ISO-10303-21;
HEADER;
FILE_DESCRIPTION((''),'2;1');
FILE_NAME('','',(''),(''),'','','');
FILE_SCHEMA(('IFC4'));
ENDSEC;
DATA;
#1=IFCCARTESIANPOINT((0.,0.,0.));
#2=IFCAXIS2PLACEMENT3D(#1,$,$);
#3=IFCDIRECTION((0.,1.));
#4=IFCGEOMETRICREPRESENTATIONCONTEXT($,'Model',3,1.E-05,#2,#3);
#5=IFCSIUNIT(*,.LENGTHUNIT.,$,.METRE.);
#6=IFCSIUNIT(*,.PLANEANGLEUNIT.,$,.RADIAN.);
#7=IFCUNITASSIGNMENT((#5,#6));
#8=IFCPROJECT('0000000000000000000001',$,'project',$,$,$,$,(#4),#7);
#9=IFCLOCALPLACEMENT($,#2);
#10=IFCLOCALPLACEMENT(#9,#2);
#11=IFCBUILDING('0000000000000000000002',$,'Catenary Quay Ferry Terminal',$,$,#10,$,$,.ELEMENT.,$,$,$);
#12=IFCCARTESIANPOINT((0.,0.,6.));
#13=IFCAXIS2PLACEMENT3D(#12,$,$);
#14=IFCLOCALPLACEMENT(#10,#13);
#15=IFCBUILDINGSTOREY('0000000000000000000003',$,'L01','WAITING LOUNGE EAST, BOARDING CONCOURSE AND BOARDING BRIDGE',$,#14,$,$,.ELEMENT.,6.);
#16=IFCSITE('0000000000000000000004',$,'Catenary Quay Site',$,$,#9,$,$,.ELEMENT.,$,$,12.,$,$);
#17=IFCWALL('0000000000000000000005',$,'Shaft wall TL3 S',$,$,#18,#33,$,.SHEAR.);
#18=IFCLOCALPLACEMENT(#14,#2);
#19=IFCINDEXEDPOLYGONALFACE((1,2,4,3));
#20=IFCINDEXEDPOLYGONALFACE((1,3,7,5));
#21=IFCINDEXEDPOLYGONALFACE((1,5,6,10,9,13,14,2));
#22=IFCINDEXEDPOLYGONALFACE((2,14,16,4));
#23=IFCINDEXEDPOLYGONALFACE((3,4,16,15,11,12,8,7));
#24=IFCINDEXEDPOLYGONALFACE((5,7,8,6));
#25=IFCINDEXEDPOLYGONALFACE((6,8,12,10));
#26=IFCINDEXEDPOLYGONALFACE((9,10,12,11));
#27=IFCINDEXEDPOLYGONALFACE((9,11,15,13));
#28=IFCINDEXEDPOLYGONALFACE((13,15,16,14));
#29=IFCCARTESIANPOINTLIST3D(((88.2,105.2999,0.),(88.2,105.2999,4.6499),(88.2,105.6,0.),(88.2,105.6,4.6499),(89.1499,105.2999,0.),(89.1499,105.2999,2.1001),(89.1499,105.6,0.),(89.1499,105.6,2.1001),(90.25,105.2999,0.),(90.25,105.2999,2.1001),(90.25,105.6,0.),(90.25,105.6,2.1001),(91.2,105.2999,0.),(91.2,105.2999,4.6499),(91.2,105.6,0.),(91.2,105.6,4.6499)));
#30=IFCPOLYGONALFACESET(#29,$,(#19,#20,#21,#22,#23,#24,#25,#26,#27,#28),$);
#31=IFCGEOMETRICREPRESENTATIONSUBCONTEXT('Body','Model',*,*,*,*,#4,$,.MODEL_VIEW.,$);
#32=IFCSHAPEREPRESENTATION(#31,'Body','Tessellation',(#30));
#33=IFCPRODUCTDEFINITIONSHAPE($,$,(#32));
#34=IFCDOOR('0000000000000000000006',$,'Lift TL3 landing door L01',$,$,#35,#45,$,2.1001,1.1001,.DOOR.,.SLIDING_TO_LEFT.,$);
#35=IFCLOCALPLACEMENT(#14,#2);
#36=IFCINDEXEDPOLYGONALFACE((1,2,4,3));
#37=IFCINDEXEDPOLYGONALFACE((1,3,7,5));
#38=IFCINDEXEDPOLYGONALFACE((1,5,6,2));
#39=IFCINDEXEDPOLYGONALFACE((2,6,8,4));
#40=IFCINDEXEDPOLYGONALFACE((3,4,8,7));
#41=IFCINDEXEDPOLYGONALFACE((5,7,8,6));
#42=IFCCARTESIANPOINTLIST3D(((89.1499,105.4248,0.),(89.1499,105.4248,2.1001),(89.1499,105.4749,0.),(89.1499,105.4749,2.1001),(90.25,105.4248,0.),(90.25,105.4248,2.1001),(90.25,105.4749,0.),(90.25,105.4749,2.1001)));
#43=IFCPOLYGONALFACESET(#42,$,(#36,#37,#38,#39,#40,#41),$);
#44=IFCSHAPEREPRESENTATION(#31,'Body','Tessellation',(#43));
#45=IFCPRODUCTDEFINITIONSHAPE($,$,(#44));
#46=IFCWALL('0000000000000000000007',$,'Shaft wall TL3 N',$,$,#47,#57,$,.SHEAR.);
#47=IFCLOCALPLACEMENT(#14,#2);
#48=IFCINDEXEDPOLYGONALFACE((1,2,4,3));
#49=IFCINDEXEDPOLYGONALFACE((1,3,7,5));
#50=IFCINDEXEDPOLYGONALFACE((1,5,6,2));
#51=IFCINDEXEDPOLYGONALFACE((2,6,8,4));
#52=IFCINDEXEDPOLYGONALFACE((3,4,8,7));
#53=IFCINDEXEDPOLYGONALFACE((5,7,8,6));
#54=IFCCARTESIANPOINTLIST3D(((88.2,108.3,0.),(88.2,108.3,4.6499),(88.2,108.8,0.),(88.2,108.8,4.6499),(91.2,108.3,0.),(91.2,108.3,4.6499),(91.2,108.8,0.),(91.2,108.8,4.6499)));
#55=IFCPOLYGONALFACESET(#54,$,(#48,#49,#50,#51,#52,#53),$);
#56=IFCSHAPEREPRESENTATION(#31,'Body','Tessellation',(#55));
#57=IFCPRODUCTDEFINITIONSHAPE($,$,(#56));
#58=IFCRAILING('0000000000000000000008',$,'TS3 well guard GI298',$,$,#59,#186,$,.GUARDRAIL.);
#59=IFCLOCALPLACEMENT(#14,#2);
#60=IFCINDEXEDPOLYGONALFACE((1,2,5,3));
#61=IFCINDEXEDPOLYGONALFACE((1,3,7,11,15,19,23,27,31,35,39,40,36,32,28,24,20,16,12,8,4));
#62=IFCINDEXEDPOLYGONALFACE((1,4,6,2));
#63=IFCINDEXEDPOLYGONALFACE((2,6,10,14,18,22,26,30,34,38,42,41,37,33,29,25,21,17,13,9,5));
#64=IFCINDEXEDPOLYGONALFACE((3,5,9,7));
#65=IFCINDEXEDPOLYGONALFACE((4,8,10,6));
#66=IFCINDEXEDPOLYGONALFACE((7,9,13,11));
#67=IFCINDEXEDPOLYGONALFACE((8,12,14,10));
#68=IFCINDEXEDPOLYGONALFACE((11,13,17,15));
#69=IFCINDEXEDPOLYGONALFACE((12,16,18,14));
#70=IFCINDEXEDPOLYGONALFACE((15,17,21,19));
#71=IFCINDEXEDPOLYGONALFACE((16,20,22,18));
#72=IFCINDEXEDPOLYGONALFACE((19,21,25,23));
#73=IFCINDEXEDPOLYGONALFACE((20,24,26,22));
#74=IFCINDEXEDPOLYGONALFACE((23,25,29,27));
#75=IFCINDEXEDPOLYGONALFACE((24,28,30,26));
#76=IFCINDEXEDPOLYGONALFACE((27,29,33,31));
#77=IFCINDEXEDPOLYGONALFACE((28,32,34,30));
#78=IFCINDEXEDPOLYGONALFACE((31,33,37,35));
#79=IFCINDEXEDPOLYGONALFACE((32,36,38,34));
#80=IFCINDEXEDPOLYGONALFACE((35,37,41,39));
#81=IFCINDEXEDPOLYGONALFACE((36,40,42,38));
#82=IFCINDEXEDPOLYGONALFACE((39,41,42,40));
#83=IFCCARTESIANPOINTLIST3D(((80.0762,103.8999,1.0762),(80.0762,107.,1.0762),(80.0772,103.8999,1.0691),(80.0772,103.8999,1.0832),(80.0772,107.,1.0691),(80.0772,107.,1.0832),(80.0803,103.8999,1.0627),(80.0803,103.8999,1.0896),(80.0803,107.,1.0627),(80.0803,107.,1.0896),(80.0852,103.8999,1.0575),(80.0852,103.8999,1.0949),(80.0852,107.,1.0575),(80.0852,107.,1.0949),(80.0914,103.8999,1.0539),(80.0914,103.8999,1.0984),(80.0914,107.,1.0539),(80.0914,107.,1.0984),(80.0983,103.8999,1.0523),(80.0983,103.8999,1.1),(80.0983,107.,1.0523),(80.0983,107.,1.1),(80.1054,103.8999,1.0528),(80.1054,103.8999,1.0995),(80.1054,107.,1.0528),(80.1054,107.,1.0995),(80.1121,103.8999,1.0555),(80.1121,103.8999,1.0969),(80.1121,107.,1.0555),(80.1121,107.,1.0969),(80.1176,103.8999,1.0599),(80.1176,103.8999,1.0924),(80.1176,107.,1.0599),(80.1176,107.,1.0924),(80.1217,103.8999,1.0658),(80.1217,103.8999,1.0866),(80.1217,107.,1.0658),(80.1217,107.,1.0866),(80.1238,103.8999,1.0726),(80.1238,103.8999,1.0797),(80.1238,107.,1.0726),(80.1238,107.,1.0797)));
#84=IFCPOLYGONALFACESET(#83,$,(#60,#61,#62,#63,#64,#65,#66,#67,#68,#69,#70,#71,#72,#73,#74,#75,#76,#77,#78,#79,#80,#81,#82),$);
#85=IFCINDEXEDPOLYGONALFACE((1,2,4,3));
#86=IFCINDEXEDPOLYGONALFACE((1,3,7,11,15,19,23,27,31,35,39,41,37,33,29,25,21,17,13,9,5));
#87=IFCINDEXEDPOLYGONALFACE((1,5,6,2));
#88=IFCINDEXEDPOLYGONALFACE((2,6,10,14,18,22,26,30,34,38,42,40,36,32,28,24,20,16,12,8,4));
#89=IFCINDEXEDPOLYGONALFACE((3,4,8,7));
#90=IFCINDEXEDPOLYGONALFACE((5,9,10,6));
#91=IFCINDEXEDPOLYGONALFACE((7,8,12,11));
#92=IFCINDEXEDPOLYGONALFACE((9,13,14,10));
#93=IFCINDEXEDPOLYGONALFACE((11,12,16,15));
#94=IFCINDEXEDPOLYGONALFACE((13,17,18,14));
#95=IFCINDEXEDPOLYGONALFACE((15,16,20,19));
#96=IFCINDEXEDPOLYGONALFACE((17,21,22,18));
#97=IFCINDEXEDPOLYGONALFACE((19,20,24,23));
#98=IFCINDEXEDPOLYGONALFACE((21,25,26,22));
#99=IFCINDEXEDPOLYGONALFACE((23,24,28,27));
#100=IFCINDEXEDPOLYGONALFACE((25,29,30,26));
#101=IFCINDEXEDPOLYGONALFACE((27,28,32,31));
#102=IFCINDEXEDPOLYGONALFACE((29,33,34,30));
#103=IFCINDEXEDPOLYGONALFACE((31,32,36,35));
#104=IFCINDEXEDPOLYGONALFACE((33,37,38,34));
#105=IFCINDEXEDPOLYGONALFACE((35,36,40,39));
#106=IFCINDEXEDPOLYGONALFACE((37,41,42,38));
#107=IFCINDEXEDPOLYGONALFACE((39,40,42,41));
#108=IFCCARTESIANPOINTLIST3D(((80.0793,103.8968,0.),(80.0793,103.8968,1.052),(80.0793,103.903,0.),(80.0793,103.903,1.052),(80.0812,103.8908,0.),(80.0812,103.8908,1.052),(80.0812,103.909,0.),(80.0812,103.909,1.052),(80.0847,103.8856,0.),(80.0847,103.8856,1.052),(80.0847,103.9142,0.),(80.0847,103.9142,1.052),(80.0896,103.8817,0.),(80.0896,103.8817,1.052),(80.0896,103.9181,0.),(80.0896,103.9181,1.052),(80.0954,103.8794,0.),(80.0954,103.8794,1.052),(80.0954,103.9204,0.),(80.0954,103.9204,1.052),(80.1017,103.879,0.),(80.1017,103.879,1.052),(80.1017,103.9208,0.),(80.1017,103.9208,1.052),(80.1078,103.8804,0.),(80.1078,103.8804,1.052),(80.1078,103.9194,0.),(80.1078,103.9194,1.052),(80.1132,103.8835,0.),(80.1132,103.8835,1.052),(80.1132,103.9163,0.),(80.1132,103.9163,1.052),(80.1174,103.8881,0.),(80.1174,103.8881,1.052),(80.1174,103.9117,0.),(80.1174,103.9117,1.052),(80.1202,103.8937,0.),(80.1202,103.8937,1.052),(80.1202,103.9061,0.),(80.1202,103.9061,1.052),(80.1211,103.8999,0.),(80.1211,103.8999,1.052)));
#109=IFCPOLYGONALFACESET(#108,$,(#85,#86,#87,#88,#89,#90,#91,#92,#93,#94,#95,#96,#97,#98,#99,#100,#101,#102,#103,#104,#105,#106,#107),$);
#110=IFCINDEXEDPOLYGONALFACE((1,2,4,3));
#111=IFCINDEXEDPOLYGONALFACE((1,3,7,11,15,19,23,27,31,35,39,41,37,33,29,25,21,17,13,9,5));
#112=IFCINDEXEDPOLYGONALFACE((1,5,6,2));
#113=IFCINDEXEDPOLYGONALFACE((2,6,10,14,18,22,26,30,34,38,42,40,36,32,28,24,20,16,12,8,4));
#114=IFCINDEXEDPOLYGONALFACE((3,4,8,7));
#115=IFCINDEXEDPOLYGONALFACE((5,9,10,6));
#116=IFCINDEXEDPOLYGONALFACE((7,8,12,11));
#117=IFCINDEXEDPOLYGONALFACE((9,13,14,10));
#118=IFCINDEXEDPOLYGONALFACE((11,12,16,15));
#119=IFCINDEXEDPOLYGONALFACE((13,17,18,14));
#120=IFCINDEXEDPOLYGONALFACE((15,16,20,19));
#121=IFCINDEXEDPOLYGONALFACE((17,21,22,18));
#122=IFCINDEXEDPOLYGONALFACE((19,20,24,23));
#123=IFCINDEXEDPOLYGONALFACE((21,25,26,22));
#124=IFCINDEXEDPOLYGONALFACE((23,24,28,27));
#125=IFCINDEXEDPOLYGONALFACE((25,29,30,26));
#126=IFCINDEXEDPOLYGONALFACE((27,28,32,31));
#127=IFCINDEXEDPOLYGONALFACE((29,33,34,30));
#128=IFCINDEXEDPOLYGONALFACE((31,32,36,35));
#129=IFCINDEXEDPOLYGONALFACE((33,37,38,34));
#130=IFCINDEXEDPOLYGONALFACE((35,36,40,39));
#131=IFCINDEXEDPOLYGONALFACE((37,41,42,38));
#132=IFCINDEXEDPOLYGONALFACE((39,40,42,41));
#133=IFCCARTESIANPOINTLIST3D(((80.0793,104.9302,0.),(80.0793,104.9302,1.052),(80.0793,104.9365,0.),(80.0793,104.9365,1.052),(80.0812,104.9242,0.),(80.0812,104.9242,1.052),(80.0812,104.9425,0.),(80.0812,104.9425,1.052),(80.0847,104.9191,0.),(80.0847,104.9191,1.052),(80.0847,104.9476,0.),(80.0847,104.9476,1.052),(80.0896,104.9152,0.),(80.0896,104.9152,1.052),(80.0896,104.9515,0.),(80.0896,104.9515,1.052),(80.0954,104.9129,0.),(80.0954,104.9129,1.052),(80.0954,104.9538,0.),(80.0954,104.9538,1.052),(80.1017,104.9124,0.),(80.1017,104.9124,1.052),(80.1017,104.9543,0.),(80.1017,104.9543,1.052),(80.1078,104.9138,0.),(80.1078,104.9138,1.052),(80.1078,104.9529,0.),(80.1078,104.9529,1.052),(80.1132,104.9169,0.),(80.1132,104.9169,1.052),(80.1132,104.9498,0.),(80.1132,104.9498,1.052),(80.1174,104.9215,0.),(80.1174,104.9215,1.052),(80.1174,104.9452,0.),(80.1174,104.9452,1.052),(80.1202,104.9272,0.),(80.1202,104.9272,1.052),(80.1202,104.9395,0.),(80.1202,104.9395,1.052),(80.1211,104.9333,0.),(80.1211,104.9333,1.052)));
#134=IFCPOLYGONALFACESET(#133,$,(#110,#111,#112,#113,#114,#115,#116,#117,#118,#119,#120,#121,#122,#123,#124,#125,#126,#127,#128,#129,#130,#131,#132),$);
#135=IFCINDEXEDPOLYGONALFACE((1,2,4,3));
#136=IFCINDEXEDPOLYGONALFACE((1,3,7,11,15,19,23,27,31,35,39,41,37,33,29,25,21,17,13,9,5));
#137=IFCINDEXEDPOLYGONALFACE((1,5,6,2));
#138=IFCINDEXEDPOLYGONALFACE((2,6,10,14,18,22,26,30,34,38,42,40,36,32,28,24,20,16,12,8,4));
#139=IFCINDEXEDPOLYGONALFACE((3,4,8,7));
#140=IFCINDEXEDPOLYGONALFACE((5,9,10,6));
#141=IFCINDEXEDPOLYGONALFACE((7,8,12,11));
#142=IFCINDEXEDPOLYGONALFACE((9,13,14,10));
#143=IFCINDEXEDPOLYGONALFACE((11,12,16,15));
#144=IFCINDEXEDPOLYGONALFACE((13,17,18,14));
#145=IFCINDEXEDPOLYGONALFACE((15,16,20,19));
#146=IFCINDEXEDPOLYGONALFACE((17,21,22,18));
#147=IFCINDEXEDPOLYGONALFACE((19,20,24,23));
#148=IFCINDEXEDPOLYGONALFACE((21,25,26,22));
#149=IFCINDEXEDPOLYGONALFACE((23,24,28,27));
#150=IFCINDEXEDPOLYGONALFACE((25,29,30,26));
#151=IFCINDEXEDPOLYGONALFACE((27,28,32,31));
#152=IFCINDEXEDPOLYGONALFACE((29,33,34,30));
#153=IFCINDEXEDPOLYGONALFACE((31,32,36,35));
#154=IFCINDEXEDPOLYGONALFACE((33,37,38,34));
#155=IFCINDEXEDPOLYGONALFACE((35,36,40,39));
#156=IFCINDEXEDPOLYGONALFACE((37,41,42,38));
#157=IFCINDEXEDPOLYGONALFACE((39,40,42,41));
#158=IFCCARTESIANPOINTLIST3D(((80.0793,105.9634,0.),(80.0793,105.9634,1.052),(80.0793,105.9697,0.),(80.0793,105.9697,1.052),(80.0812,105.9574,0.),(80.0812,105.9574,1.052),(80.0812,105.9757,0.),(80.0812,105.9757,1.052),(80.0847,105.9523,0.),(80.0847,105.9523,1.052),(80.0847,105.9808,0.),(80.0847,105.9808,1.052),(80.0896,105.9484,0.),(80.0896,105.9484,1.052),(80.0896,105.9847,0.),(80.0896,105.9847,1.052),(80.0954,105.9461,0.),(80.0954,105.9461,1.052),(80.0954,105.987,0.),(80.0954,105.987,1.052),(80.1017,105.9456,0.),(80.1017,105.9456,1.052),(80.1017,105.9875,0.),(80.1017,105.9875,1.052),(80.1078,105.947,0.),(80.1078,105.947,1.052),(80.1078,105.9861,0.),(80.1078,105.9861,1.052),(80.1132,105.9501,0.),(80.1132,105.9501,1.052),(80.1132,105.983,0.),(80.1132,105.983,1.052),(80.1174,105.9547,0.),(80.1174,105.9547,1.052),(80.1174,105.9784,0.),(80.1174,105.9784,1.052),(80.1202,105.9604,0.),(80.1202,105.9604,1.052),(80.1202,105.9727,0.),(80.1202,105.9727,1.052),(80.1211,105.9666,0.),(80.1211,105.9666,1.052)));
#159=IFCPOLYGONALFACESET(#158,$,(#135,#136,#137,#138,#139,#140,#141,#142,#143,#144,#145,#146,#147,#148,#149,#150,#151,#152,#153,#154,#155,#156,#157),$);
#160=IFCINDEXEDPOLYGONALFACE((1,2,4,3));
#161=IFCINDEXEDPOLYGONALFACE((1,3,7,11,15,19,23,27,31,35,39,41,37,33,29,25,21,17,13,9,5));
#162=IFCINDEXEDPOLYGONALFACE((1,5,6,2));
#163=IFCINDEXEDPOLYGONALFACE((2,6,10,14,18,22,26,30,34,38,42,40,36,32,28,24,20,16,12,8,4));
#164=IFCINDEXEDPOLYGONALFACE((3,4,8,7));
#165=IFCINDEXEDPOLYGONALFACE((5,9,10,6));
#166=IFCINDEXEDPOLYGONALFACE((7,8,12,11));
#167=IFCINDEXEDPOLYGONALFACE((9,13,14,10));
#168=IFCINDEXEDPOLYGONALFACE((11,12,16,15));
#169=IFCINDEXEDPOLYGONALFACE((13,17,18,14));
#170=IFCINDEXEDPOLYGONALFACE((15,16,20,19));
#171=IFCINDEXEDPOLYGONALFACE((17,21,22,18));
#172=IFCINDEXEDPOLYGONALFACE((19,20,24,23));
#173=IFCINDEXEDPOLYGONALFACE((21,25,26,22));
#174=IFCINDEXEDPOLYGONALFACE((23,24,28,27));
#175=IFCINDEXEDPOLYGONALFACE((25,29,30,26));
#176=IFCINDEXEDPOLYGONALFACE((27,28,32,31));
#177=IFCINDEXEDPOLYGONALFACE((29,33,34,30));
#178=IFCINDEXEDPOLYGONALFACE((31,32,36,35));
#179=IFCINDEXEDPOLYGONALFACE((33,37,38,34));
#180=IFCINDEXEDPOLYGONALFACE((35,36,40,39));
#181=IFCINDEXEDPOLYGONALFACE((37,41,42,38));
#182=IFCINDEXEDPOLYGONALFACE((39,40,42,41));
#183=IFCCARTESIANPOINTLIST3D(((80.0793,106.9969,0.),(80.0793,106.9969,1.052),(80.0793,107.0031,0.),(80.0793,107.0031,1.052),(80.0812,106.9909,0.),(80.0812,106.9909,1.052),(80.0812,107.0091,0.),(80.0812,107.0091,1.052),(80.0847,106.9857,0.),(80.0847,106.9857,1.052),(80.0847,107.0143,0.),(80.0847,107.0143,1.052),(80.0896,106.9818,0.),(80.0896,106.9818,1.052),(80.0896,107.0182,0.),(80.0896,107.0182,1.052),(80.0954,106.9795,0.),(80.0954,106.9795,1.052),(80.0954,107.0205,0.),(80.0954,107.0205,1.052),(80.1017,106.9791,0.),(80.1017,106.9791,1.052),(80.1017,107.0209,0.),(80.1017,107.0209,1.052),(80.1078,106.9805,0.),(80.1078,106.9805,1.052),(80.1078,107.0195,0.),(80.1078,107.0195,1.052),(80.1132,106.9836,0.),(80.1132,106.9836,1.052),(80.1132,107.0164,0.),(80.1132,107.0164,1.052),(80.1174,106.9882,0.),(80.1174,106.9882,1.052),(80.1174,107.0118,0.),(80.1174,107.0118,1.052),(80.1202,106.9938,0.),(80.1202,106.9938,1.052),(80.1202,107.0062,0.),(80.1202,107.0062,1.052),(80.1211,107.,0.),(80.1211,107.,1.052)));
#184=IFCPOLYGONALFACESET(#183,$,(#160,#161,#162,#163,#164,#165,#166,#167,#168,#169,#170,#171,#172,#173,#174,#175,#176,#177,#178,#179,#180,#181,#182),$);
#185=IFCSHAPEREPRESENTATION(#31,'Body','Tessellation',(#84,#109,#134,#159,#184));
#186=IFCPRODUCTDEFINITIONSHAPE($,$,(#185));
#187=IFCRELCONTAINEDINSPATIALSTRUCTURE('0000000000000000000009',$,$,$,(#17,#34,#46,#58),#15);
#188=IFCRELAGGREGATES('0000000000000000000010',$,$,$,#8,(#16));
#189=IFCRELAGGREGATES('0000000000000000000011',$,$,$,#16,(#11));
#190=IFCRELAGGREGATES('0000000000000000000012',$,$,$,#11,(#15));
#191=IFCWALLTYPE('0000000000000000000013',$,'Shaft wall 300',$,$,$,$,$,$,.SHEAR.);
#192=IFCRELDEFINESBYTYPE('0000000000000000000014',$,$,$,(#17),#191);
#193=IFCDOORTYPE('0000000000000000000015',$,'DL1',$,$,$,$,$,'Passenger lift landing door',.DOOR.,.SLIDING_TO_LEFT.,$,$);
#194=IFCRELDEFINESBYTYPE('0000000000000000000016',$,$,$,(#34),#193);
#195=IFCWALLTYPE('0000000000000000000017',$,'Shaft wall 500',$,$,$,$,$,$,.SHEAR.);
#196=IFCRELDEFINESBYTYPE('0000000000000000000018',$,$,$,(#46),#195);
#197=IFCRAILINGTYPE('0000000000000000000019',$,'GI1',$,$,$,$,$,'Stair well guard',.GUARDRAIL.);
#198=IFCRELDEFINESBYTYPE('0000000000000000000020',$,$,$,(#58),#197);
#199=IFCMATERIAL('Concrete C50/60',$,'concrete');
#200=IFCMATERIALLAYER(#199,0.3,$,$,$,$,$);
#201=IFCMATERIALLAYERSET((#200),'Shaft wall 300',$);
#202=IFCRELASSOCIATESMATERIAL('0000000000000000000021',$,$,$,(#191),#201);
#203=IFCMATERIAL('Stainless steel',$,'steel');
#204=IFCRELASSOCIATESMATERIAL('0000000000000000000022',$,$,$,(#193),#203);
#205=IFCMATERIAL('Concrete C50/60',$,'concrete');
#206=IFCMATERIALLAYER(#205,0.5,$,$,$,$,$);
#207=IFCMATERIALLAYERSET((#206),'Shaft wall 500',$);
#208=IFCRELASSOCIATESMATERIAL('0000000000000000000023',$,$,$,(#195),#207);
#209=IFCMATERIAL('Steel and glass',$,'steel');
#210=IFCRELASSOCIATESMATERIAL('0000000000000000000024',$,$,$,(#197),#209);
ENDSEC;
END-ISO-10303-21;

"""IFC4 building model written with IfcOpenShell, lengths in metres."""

from ifc_helpers import new_model, si_unit, direction, frame, frame_2d, origin, origin_2d, place, context, subcontext, project, spatial, rectangle, circle, extrude, material, layer, layer_set, type_object, element, fill, save


model = new_model("IFC4")

# Units and contexts
model_context = context("Model", 3, precision=1e-05, world=origin(), true_north=direction((0.0, 1.0)))
body_context = subcontext(model_context, "Body", "Model", "MODEL_VIEW")
ifc_project = project(units=[si_unit("LENGTHUNIT", "METRE"), si_unit("PLANEANGLEUNIT", "RADIAN")], contexts=[model_context])

# Site, building, storey
site_placement = place(None, origin())
site = spatial("IfcSite", under=ifc_project, at=site_placement, Name="Catenary Quay Site", CompositionType="ELEMENT", RefElevation=12.0)
building_placement = place(site_placement, origin())
building = spatial("IfcBuilding", under=site, at=building_placement, Name="Catenary Quay Ferry Terminal", CompositionType="ELEMENT")
storey_placement = place(building_placement, frame((0.0, 0.0, 6.0)))
storey = spatial("IfcBuildingStorey", under=building, at=storey_placement, Name="L01", Description="WAITING LOUNGE EAST, BOARDING CONCOURSE AND BOARDING BRIDGE", CompositionType="ELEMENT", Elevation=6.0)

# Wall, opening, door
ifc_material_1 = material(Name="Concrete C50/60", Category="concrete")
ifc_layer_1 = layer(ifc_material_1, 0.3)
ifc_layer_set_1 = layer_set([ifc_layer_1], Name="Shaft wall 300")
wall_type_1 = type_object("IfcWallType", Name="Shaft wall 300", PredefinedType="SHEAR", material=ifc_layer_set_1)
wall_1_placement = place(storey_placement, frame((88.2, 105.45, 0.0), z_axis=(0.0, 0.0, 1.0), x_axis=(1.0, 0.0, 0.0)))
wall_1 = element("IfcWall", 1, at=wall_1_placement, inside=storey, type_object=wall_type_1, Name="Shaft wall TL3 S", PredefinedType="SHEAR", context=body_context, shape_type="SweptSolid", body=[
    extrude(rectangle(XDim=3.0, YDim=0.3, at=frame_2d((1.5, 0.0))), origin(), (0.0, 0.0, 1.0), 4.6499),
])
opening_1_placement = place(wall_1_placement, frame((0.95, 0.0, 0.0)))
opening_1 = element("IfcOpeningElement", 2, at=opening_1_placement, cuts=wall_1, PredefinedType="OPENING", context=body_context, shape_type="SweptSolid", body=[
    extrude(rectangle(XDim=1.1001, YDim=2.1001, at=frame_2d((0.55, 1.05))), frame((0.0, 0.1599, 0.0), z_axis=(0.0, -1.0, 0.0), x_axis=(1.0, 0.0, 0.0)), (0.0, 0.0, 1.0), 0.3201),
])
ifc_material_2 = material(Name="Stainless steel", Category="steel")
door_type_1 = type_object("IfcDoorType", Name="DL1", ElementType="Passenger lift landing door", OperationType="SLIDING_TO_LEFT", PredefinedType="DOOR", material=ifc_material_2)
door_1_placement = place(opening_1_placement, origin())
door_1 = element("IfcDoor", 3, at=door_1_placement, inside=storey, type_object=door_type_1, Name="Lift TL3 landing door L01", OperationType="SLIDING_TO_LEFT", OverallHeight=2.1001, OverallWidth=1.1001, PredefinedType="DOOR", context=body_context, shape_type="SweptSolid", body=[
    extrude(rectangle(XDim=1.1001, YDim=2.1001, at=frame_2d((0.55, 1.05))), frame((0.0, 0.0249, 0.0), z_axis=(0.0, -1.0, 0.0), x_axis=(1.0, 0.0, 0.0)), (0.0, 0.0, 1.0), 0.05),
])
fill(opening_1, door_1)

# Wall
ifc_material_3 = material(Name="Concrete C50/60", Category="concrete")
ifc_layer_2 = layer(ifc_material_3, 0.5)
ifc_layer_set_2 = layer_set([ifc_layer_2], Name="Shaft wall 500")
wall_type_2 = type_object("IfcWallType", Name="Shaft wall 500", PredefinedType="SHEAR", material=ifc_layer_set_2)
wall_2_placement = place(storey_placement, frame((88.2, 108.55, 0.0), z_axis=(0.0, 0.0, 1.0), x_axis=(1.0, 0.0, 0.0)))
element("IfcWall", 4, at=wall_2_placement, inside=storey, type_object=wall_type_2, Name="Shaft wall TL3 N", PredefinedType="SHEAR", context=body_context, shape_type="SweptSolid", body=[
    extrude(rectangle(XDim=3.0, YDim=0.5, at=frame_2d((1.5, 0.0))), origin(), (0.0, 0.0, 1.0), 4.6499),
])

# Railing
ifc_material_4 = material(Name="Steel and glass", Category="steel")
railing_type = type_object("IfcRailingType", Name="GI1", ElementType="Stair well guard", PredefinedType="GUARDRAIL", material=ifc_material_4)
railing_placement = place(storey_placement, frame((80.1001, 103.8999, 0.0)))
element("IfcRailing", 5, at=railing_placement, inside=storey, type_object=railing_type, Name="TS3 well guard GI298", PredefinedType="GUARDRAIL", context=body_context, shape_type="SweptSolid", body=[
    extrude(circle(Radius=0.0239, at=origin_2d()), frame((0.0, 0.0, 1.0762), z_axis=(0.0, 1.0, 0.0), x_axis=(-1.0, 0.0, 0.0)), (0.0, 0.0, 1.0), 3.1001),
    extrude(circle(Radius=0.021, at=origin_2d()), origin(), (0.0, 0.0, 1.0), 1.052),
    extrude(circle(Radius=0.021, at=origin_2d()), frame((0.0, 1.0334, 0.0)), (0.0, 0.0, 1.0), 1.052),
    extrude(circle(Radius=0.021, at=origin_2d()), frame((0.0, 2.0667, 0.0)), (0.0, 0.0, 1.0), 1.052),
    extrude(circle(Radius=0.021, at=origin_2d()), frame((0.0, 3.1001, 0.0)), (0.0, 0.0, 1.0), 1.052),
])

save(model, "model.ifc")
